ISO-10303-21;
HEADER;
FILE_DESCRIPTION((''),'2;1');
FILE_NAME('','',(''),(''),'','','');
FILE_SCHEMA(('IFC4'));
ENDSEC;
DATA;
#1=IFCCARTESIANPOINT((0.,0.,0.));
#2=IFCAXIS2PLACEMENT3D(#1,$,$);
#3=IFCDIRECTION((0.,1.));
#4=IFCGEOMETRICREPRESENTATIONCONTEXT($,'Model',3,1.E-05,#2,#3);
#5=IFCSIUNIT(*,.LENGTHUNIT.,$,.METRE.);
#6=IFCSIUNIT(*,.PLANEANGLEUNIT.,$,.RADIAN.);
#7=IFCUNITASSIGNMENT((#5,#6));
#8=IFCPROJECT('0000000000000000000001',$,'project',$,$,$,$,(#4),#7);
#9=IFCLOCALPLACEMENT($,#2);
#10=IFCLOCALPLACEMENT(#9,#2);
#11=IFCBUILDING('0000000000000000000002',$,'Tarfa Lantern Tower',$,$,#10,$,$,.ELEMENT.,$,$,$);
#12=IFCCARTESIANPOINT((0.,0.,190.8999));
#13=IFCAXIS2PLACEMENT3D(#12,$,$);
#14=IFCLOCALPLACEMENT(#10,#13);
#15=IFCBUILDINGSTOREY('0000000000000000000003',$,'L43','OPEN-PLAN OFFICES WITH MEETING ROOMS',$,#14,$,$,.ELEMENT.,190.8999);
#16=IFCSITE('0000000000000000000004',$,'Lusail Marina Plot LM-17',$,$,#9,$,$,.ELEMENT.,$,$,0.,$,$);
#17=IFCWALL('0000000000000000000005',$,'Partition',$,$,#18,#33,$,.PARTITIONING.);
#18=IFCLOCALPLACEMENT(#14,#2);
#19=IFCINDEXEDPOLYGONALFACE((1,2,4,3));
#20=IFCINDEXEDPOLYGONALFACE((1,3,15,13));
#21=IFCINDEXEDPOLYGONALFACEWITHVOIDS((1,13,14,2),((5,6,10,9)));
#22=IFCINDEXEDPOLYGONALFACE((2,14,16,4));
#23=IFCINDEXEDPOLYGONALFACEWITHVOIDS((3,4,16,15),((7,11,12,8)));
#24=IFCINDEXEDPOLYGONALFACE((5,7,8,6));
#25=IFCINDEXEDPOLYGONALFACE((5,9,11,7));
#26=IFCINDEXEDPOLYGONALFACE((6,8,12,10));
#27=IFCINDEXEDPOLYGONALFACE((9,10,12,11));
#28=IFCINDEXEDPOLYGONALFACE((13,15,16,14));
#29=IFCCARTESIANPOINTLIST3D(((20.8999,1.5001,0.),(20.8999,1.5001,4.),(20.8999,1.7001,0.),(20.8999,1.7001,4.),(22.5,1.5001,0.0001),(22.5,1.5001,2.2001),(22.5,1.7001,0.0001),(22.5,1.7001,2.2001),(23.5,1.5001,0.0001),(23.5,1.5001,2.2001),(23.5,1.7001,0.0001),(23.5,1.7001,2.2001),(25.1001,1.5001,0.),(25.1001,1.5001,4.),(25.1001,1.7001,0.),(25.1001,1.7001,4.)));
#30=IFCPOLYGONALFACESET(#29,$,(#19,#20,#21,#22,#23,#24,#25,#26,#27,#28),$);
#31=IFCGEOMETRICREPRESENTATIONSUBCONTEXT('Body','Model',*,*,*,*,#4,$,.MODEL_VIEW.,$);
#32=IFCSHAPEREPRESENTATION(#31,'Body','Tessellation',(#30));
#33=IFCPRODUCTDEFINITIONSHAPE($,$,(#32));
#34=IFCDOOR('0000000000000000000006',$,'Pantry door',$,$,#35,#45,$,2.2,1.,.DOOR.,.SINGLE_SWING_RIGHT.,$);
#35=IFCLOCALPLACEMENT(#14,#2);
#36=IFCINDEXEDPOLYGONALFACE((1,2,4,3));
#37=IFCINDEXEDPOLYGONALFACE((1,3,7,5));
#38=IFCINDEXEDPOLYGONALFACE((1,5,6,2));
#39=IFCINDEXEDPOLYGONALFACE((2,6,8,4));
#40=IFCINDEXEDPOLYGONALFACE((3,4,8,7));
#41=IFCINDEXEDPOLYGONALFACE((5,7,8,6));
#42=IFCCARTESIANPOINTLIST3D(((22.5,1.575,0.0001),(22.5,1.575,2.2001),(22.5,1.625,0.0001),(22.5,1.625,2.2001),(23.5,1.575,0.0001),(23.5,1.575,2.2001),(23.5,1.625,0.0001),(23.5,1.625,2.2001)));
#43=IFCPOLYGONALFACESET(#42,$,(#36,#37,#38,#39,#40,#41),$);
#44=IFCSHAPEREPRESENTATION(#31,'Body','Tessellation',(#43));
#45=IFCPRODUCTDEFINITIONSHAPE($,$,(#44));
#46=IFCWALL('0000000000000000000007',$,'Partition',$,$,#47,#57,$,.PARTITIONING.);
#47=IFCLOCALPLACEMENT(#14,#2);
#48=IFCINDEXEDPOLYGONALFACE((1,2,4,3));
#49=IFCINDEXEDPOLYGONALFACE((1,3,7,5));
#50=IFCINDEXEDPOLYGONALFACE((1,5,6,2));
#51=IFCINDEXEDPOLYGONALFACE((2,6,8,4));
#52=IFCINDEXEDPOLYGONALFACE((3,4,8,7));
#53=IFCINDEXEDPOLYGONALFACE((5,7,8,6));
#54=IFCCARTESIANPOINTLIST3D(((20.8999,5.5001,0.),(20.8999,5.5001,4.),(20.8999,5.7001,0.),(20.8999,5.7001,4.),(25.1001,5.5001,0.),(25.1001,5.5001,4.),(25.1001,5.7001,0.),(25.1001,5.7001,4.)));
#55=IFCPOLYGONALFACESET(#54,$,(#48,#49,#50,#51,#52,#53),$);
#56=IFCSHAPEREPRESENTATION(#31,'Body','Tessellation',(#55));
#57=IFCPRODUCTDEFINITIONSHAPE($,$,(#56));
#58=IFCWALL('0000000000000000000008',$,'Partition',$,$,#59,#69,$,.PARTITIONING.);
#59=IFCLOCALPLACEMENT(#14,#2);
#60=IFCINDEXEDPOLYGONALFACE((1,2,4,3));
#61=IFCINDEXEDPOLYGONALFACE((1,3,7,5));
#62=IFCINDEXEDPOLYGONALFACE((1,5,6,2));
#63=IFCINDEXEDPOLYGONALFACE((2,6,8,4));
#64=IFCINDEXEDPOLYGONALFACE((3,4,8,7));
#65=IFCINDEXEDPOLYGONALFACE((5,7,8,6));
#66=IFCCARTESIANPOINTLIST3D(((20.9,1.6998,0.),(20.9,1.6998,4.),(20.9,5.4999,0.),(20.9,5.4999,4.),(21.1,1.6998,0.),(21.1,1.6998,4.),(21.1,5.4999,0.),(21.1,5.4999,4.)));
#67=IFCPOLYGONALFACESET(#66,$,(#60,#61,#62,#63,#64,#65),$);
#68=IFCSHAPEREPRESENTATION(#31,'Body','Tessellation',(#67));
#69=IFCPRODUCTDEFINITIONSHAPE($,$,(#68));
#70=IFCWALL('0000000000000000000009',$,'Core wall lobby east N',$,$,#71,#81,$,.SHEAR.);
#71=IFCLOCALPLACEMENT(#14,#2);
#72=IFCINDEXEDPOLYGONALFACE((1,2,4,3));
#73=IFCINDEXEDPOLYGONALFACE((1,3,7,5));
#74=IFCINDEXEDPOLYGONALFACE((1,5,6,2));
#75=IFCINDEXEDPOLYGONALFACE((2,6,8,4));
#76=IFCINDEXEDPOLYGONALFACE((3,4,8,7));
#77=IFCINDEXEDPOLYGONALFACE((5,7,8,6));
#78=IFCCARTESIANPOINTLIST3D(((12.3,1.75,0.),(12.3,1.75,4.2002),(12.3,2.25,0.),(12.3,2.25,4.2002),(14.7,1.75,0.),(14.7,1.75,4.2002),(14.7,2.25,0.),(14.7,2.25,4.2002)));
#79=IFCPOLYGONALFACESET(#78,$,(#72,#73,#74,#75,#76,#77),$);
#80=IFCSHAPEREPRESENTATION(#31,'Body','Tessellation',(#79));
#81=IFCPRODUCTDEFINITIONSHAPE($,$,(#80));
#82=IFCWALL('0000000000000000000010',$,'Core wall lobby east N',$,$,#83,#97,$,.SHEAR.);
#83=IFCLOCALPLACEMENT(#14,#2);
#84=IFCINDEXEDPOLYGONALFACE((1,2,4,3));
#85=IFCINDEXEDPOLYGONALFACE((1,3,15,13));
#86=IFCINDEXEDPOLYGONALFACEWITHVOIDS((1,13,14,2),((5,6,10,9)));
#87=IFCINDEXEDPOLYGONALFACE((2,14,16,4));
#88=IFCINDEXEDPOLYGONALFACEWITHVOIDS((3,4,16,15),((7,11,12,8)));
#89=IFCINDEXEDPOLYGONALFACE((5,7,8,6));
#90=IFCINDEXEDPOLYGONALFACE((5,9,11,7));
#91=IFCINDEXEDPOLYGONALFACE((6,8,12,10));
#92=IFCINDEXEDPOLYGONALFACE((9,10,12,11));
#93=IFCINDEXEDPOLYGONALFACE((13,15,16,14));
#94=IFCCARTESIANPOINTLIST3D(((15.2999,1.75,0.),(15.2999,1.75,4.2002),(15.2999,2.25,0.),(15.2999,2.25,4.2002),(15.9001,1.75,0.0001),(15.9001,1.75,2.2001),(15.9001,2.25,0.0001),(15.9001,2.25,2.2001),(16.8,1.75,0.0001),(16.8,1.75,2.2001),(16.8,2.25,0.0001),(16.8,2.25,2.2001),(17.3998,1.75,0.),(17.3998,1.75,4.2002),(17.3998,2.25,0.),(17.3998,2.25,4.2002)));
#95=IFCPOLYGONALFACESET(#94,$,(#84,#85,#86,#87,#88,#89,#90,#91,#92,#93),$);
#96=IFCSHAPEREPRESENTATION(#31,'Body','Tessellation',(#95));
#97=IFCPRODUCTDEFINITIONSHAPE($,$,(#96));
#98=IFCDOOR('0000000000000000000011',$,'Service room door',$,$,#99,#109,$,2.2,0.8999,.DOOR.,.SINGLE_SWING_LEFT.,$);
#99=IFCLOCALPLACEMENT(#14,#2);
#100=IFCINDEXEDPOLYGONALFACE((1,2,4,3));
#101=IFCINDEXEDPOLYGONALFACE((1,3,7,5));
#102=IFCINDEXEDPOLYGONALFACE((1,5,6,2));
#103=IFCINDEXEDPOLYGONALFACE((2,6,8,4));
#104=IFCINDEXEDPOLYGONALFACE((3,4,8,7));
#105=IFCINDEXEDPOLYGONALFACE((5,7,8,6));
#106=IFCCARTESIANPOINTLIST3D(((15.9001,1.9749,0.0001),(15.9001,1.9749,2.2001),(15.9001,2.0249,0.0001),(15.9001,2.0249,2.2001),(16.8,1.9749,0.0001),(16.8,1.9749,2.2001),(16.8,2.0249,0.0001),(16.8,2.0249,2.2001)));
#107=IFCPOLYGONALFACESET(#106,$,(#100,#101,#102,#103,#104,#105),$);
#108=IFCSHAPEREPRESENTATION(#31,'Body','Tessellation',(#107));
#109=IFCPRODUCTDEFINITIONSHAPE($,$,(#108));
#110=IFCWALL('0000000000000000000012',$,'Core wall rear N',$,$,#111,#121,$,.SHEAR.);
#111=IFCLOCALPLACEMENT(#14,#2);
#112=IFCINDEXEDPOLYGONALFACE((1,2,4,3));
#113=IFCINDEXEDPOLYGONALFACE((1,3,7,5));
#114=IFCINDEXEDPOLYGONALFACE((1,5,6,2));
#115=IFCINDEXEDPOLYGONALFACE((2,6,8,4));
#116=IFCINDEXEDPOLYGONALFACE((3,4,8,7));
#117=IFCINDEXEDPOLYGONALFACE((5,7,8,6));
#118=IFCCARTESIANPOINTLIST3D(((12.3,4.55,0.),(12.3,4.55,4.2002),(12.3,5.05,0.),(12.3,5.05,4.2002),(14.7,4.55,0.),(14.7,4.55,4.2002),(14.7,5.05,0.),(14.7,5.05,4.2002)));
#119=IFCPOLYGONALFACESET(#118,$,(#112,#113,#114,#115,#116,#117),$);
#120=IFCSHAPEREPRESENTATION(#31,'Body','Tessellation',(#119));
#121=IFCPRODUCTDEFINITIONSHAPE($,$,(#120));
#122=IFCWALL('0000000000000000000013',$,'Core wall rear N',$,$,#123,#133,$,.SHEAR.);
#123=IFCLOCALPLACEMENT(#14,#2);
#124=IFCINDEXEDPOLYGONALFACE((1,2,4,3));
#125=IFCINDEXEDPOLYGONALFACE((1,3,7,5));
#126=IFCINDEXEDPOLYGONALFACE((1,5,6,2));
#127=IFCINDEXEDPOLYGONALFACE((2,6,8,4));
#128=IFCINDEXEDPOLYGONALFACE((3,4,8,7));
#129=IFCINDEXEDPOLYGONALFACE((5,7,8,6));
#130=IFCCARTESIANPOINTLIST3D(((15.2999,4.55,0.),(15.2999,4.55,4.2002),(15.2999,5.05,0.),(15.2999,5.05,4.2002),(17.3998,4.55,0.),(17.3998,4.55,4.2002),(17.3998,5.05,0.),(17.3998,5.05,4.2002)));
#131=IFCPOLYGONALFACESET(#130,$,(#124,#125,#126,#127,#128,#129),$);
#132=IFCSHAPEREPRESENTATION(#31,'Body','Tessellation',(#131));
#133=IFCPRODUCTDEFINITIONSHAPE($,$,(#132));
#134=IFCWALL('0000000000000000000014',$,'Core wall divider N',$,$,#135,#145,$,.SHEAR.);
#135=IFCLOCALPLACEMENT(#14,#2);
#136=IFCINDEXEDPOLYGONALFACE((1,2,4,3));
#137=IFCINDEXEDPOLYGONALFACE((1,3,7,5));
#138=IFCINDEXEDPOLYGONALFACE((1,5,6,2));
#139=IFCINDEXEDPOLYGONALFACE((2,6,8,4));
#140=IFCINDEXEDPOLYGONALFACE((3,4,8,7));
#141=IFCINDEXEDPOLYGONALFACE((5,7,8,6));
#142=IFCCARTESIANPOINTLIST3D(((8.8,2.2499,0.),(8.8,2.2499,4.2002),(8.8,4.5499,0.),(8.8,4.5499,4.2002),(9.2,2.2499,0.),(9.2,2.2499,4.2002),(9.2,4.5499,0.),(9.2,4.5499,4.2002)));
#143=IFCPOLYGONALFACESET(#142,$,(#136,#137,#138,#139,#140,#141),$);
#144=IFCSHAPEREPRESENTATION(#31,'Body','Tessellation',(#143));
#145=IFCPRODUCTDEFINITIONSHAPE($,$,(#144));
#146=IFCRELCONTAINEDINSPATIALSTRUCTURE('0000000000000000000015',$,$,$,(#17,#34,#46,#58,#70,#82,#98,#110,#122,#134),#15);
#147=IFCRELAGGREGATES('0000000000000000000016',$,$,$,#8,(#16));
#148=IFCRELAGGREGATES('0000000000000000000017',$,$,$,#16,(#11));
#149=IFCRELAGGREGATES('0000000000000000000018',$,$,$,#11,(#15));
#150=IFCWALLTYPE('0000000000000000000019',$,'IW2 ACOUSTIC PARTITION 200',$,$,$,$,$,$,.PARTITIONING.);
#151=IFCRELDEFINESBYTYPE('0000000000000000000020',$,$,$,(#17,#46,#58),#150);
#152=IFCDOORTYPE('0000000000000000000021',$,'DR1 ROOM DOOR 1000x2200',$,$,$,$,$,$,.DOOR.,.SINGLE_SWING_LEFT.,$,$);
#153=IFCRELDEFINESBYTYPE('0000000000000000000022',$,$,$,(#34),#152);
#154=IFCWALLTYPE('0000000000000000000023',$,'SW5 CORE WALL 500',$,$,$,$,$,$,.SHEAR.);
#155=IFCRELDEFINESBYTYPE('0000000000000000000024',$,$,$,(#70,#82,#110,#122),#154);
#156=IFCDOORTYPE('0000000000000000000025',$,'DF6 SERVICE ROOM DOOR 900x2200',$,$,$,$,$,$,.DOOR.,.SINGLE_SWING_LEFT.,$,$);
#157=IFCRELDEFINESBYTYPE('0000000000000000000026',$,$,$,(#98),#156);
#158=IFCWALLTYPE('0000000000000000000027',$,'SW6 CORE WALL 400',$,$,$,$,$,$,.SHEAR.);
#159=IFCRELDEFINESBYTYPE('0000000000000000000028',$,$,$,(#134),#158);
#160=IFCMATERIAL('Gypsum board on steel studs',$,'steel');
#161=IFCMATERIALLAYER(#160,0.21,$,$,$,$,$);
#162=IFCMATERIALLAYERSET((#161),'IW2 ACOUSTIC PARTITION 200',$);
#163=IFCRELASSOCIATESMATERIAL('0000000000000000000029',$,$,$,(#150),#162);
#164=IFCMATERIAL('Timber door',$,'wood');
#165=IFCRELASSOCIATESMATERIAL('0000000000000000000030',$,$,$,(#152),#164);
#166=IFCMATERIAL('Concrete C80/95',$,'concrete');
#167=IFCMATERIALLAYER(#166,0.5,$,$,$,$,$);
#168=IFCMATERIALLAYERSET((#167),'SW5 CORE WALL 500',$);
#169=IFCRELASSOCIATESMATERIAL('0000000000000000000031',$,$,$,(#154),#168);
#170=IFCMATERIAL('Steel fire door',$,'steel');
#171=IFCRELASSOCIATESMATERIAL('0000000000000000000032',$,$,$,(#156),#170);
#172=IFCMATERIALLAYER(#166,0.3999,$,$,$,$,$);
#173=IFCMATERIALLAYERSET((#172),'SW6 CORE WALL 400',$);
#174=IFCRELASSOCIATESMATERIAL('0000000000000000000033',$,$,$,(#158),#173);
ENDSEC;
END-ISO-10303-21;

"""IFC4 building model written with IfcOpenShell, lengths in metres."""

from ifc_helpers import new_model, si_unit, direction, frame, frame_2d, origin, place, context, subcontext, project, spatial, rectangle, extrude, material, layer, layer_set, type_object, element, fill, save


model = new_model("IFC4")

# Units and contexts
model_context = context("Model", 3, precision=1e-05, world=origin(), true_north=direction((0.0, 1.0)))
body_context = subcontext(model_context, "Body", "Model", "MODEL_VIEW")
ifc_project = project(units=[si_unit("LENGTHUNIT", "METRE"), si_unit("PLANEANGLEUNIT", "RADIAN")], contexts=[model_context])

# Site, building, storey
site_placement = place(None, origin())
site = spatial("IfcSite", under=ifc_project, at=site_placement, Name="Lusail Marina Plot LM-17", CompositionType="ELEMENT", RefElevation=0.0)
building_placement = place(site_placement, origin())
building = spatial("IfcBuilding", under=site, at=building_placement, Name="Tarfa Lantern Tower", CompositionType="ELEMENT")
storey_placement = place(building_placement, frame((0.0, 0.0, 190.8999)))
storey = spatial("IfcBuildingStorey", under=building, at=storey_placement, Name="L43", Description="OPEN-PLAN OFFICES WITH MEETING ROOMS", CompositionType="ELEMENT", Elevation=190.8999)

# Shared definitions
ifc_material_1 = material(Name="Gypsum board on steel studs", Category="steel")
ifc_layer_1 = layer(ifc_material_1, 0.21)
ifc_layer_set_1 = layer_set([ifc_layer_1], Name="IW2 ACOUSTIC PARTITION 200")
wall_type_1 = type_object("IfcWallType", Name="IW2 ACOUSTIC PARTITION 200", PredefinedType="PARTITIONING", material=ifc_layer_set_1)

# Wall, opening, door
wall_1_placement = place(storey_placement, frame((20.8999, 1.6001, 0.0), z_axis=(0.0, 0.0, 1.0), x_axis=(1.0, 0.0, 0.0)))
wall_1 = element("IfcWall", 1, at=wall_1_placement, inside=storey, type_object=wall_type_1, Name="Partition", PredefinedType="PARTITIONING", context=body_context, shape_type="SweptSolid", body=[
    extrude(rectangle(XDim=4.2002, YDim=0.2, at=frame_2d((2.1001, 0.0))), origin(), (0.0, 0.0, 1.0), 4.0),
])
opening_1_placement = place(wall_1_placement, frame((1.6001, 0.0, 0.0)))
opening_1 = element("IfcOpeningElement", 2, at=opening_1_placement, cuts=wall_1, PredefinedType="OPENING", context=body_context, shape_type="SweptSolid", body=[
    extrude(rectangle(XDim=1.0, YDim=2.2, at=frame_2d((0.5, 1.1001))), frame((0.0, 0.1099, 0.0), z_axis=(0.0, -1.0, 0.0), x_axis=(1.0, 0.0, 0.0)), (0.0, 0.0, 1.0), 0.22),
])
ifc_material_2 = material(Name="Timber door", Category="wood")
door_type_1 = type_object("IfcDoorType", Name="DR1 ROOM DOOR 1000x2200", OperationType="SINGLE_SWING_LEFT", PredefinedType="DOOR", material=ifc_material_2)
door_1_placement = place(opening_1_placement, origin())
door_1 = element("IfcDoor", 3, at=door_1_placement, inside=storey, type_object=door_type_1, Name="Pantry door", OperationType="SINGLE_SWING_RIGHT", OverallHeight=2.2, OverallWidth=1.0, PredefinedType="DOOR", context=body_context, shape_type="SweptSolid", body=[
    extrude(rectangle(XDim=1.0, YDim=2.2, at=frame_2d((0.5, 1.1001))), frame((0.0, 0.0249, 0.0), z_axis=(0.0, -1.0, 0.0), x_axis=(1.0, 0.0, 0.0)), (0.0, 0.0, 1.0), 0.05),
])
fill(opening_1, door_1)

# Walls
wall_2_placement = place(storey_placement, frame((20.8999, 5.6001, 0.0), z_axis=(0.0, 0.0, 1.0), x_axis=(1.0, 0.0, 0.0)))
element("IfcWall", 4, at=wall_2_placement, inside=storey, type_object=wall_type_1, Name="Partition", PredefinedType="PARTITIONING", context=body_context, shape_type="SweptSolid", body=[
    extrude(rectangle(XDim=4.2002, YDim=0.2, at=frame_2d((2.1001, 0.0))), origin(), (0.0, 0.0, 1.0), 4.0),
])
wall_3_placement = place(storey_placement, frame((21.0, 1.7, 0.0), z_axis=(0.0, 0.0, 1.0), x_axis=(0.0, 1.0, 0.0)))
element("IfcWall", 5, at=wall_3_placement, inside=storey, type_object=wall_type_1, Name="Partition", PredefinedType="PARTITIONING", context=body_context, shape_type="SweptSolid", body=[
    extrude(rectangle(XDim=3.8, YDim=0.2, at=frame_2d((1.8999, 0.0))), origin(), (0.0, 0.0, 1.0), 4.0),
])
ifc_material_3 = material(Name="Concrete C80/95", Category="concrete")
ifc_layer_2 = layer(ifc_material_3, 0.5)
ifc_layer_set_2 = layer_set([ifc_layer_2], Name="SW5 CORE WALL 500")
wall_type_2 = type_object("IfcWallType", Name="SW5 CORE WALL 500", PredefinedType="SHEAR", material=ifc_layer_set_2)
wall_4_placement = place(storey_placement, frame((12.3, 2.0, 0.0), z_axis=(0.0, 0.0, 1.0), x_axis=(1.0, 0.0, 0.0)))
element("IfcWall", 6, at=wall_4_placement, inside=storey, type_object=wall_type_2, Name="Core wall lobby east N", PredefinedType="SHEAR", context=body_context, shape_type="SweptSolid", body=[
    extrude(rectangle(XDim=2.3999, YDim=0.5, at=frame_2d((1.2, 0.0))), origin(), (0.0, 0.0, 1.0), 4.2002),
])

# Wall, opening, door
wall_5_placement = place(storey_placement, frame((15.3, 2.0, 0.0), z_axis=(0.0, 0.0, 1.0), x_axis=(1.0, 0.0, 0.0)))
wall_5 = element("IfcWall", 7, at=wall_5_placement, inside=storey, type_object=wall_type_2, Name="Core wall lobby east N", PredefinedType="SHEAR", context=body_context, shape_type="SweptSolid", body=[
    extrude(rectangle(XDim=2.0999, YDim=0.5, at=frame_2d((1.0498, 0.0))), origin(), (0.0, 0.0, 1.0), 4.2002),
])
opening_2_placement = place(wall_5_placement, frame((0.6001, 0.0, 0.0)))
opening_2 = element("IfcOpeningElement", 8, at=opening_2_placement, cuts=wall_5, PredefinedType="OPENING", context=body_context, shape_type="SweptSolid", body=[
    extrude(rectangle(XDim=0.8999, YDim=2.2, at=frame_2d((0.45, 1.1001))), frame((0.0, 0.26, 0.0), z_axis=(0.0, -1.0, 0.0), x_axis=(1.0, 0.0, 0.0)), (0.0, 0.0, 1.0), 0.52),
])
ifc_material_4 = material(Name="Steel fire door", Category="steel")
door_type_2 = type_object("IfcDoorType", Name="DF6 SERVICE ROOM DOOR 900x2200", OperationType="SINGLE_SWING_LEFT", PredefinedType="DOOR", material=ifc_material_4)
door_2_placement = place(opening_2_placement, origin())
door_2 = element("IfcDoor", 9, at=door_2_placement, inside=storey, type_object=door_type_2, Name="Service room door", OperationType="SINGLE_SWING_LEFT", OverallHeight=2.2, OverallWidth=0.8999, PredefinedType="DOOR", context=body_context, shape_type="SweptSolid", body=[
    extrude(rectangle(XDim=0.8999, YDim=2.2, at=frame_2d((0.45, 1.1001))), frame((0.0, 0.0249, 0.0), z_axis=(0.0, -1.0, 0.0), x_axis=(1.0, 0.0, 0.0)), (0.0, 0.0, 1.0), 0.05),
])
fill(opening_2, door_2)

# Walls
wall_6_placement = place(storey_placement, frame((12.3, 4.8, 0.0), z_axis=(0.0, 0.0, 1.0), x_axis=(1.0, 0.0, 0.0)))
element("IfcWall", 10, at=wall_6_placement, inside=storey, type_object=wall_type_2, Name="Core wall rear N", PredefinedType="SHEAR", context=body_context, shape_type="SweptSolid", body=[
    extrude(rectangle(XDim=2.3999, YDim=0.5, at=frame_2d((1.2, 0.0))), origin(), (0.0, 0.0, 1.0), 4.2002),
])
wall_7_placement = place(storey_placement, frame((15.3, 4.8, 0.0), z_axis=(0.0, 0.0, 1.0), x_axis=(1.0, 0.0, 0.0)))
element("IfcWall", 11, at=wall_7_placement, inside=storey, type_object=wall_type_2, Name="Core wall rear N", PredefinedType="SHEAR", context=body_context, shape_type="SweptSolid", body=[
    extrude(rectangle(XDim=2.0999, YDim=0.5, at=frame_2d((1.0498, 0.0))), origin(), (0.0, 0.0, 1.0), 4.2002),
])
ifc_layer_3 = layer(ifc_material_3, 0.3999)
ifc_layer_set_3 = layer_set([ifc_layer_3], Name="SW6 CORE WALL 400")
wall_type_3 = type_object("IfcWallType", Name="SW6 CORE WALL 400", PredefinedType="SHEAR", material=ifc_layer_set_3)
wall_8_placement = place(storey_placement, frame((9.0, 2.25, 0.0), z_axis=(0.0, 0.0, 1.0), x_axis=(0.0, 1.0, 0.0)))
element("IfcWall", 12, at=wall_8_placement, inside=storey, type_object=wall_type_3, Name="Core wall divider N", PredefinedType="SHEAR", context=body_context, shape_type="SweptSolid", body=[
    extrude(rectangle(XDim=2.3, YDim=0.3999, at=frame_2d((1.1499, 0.0))), origin(), (0.0, 0.0, 1.0), 4.2002),
])

save(model, "model.ifc")
